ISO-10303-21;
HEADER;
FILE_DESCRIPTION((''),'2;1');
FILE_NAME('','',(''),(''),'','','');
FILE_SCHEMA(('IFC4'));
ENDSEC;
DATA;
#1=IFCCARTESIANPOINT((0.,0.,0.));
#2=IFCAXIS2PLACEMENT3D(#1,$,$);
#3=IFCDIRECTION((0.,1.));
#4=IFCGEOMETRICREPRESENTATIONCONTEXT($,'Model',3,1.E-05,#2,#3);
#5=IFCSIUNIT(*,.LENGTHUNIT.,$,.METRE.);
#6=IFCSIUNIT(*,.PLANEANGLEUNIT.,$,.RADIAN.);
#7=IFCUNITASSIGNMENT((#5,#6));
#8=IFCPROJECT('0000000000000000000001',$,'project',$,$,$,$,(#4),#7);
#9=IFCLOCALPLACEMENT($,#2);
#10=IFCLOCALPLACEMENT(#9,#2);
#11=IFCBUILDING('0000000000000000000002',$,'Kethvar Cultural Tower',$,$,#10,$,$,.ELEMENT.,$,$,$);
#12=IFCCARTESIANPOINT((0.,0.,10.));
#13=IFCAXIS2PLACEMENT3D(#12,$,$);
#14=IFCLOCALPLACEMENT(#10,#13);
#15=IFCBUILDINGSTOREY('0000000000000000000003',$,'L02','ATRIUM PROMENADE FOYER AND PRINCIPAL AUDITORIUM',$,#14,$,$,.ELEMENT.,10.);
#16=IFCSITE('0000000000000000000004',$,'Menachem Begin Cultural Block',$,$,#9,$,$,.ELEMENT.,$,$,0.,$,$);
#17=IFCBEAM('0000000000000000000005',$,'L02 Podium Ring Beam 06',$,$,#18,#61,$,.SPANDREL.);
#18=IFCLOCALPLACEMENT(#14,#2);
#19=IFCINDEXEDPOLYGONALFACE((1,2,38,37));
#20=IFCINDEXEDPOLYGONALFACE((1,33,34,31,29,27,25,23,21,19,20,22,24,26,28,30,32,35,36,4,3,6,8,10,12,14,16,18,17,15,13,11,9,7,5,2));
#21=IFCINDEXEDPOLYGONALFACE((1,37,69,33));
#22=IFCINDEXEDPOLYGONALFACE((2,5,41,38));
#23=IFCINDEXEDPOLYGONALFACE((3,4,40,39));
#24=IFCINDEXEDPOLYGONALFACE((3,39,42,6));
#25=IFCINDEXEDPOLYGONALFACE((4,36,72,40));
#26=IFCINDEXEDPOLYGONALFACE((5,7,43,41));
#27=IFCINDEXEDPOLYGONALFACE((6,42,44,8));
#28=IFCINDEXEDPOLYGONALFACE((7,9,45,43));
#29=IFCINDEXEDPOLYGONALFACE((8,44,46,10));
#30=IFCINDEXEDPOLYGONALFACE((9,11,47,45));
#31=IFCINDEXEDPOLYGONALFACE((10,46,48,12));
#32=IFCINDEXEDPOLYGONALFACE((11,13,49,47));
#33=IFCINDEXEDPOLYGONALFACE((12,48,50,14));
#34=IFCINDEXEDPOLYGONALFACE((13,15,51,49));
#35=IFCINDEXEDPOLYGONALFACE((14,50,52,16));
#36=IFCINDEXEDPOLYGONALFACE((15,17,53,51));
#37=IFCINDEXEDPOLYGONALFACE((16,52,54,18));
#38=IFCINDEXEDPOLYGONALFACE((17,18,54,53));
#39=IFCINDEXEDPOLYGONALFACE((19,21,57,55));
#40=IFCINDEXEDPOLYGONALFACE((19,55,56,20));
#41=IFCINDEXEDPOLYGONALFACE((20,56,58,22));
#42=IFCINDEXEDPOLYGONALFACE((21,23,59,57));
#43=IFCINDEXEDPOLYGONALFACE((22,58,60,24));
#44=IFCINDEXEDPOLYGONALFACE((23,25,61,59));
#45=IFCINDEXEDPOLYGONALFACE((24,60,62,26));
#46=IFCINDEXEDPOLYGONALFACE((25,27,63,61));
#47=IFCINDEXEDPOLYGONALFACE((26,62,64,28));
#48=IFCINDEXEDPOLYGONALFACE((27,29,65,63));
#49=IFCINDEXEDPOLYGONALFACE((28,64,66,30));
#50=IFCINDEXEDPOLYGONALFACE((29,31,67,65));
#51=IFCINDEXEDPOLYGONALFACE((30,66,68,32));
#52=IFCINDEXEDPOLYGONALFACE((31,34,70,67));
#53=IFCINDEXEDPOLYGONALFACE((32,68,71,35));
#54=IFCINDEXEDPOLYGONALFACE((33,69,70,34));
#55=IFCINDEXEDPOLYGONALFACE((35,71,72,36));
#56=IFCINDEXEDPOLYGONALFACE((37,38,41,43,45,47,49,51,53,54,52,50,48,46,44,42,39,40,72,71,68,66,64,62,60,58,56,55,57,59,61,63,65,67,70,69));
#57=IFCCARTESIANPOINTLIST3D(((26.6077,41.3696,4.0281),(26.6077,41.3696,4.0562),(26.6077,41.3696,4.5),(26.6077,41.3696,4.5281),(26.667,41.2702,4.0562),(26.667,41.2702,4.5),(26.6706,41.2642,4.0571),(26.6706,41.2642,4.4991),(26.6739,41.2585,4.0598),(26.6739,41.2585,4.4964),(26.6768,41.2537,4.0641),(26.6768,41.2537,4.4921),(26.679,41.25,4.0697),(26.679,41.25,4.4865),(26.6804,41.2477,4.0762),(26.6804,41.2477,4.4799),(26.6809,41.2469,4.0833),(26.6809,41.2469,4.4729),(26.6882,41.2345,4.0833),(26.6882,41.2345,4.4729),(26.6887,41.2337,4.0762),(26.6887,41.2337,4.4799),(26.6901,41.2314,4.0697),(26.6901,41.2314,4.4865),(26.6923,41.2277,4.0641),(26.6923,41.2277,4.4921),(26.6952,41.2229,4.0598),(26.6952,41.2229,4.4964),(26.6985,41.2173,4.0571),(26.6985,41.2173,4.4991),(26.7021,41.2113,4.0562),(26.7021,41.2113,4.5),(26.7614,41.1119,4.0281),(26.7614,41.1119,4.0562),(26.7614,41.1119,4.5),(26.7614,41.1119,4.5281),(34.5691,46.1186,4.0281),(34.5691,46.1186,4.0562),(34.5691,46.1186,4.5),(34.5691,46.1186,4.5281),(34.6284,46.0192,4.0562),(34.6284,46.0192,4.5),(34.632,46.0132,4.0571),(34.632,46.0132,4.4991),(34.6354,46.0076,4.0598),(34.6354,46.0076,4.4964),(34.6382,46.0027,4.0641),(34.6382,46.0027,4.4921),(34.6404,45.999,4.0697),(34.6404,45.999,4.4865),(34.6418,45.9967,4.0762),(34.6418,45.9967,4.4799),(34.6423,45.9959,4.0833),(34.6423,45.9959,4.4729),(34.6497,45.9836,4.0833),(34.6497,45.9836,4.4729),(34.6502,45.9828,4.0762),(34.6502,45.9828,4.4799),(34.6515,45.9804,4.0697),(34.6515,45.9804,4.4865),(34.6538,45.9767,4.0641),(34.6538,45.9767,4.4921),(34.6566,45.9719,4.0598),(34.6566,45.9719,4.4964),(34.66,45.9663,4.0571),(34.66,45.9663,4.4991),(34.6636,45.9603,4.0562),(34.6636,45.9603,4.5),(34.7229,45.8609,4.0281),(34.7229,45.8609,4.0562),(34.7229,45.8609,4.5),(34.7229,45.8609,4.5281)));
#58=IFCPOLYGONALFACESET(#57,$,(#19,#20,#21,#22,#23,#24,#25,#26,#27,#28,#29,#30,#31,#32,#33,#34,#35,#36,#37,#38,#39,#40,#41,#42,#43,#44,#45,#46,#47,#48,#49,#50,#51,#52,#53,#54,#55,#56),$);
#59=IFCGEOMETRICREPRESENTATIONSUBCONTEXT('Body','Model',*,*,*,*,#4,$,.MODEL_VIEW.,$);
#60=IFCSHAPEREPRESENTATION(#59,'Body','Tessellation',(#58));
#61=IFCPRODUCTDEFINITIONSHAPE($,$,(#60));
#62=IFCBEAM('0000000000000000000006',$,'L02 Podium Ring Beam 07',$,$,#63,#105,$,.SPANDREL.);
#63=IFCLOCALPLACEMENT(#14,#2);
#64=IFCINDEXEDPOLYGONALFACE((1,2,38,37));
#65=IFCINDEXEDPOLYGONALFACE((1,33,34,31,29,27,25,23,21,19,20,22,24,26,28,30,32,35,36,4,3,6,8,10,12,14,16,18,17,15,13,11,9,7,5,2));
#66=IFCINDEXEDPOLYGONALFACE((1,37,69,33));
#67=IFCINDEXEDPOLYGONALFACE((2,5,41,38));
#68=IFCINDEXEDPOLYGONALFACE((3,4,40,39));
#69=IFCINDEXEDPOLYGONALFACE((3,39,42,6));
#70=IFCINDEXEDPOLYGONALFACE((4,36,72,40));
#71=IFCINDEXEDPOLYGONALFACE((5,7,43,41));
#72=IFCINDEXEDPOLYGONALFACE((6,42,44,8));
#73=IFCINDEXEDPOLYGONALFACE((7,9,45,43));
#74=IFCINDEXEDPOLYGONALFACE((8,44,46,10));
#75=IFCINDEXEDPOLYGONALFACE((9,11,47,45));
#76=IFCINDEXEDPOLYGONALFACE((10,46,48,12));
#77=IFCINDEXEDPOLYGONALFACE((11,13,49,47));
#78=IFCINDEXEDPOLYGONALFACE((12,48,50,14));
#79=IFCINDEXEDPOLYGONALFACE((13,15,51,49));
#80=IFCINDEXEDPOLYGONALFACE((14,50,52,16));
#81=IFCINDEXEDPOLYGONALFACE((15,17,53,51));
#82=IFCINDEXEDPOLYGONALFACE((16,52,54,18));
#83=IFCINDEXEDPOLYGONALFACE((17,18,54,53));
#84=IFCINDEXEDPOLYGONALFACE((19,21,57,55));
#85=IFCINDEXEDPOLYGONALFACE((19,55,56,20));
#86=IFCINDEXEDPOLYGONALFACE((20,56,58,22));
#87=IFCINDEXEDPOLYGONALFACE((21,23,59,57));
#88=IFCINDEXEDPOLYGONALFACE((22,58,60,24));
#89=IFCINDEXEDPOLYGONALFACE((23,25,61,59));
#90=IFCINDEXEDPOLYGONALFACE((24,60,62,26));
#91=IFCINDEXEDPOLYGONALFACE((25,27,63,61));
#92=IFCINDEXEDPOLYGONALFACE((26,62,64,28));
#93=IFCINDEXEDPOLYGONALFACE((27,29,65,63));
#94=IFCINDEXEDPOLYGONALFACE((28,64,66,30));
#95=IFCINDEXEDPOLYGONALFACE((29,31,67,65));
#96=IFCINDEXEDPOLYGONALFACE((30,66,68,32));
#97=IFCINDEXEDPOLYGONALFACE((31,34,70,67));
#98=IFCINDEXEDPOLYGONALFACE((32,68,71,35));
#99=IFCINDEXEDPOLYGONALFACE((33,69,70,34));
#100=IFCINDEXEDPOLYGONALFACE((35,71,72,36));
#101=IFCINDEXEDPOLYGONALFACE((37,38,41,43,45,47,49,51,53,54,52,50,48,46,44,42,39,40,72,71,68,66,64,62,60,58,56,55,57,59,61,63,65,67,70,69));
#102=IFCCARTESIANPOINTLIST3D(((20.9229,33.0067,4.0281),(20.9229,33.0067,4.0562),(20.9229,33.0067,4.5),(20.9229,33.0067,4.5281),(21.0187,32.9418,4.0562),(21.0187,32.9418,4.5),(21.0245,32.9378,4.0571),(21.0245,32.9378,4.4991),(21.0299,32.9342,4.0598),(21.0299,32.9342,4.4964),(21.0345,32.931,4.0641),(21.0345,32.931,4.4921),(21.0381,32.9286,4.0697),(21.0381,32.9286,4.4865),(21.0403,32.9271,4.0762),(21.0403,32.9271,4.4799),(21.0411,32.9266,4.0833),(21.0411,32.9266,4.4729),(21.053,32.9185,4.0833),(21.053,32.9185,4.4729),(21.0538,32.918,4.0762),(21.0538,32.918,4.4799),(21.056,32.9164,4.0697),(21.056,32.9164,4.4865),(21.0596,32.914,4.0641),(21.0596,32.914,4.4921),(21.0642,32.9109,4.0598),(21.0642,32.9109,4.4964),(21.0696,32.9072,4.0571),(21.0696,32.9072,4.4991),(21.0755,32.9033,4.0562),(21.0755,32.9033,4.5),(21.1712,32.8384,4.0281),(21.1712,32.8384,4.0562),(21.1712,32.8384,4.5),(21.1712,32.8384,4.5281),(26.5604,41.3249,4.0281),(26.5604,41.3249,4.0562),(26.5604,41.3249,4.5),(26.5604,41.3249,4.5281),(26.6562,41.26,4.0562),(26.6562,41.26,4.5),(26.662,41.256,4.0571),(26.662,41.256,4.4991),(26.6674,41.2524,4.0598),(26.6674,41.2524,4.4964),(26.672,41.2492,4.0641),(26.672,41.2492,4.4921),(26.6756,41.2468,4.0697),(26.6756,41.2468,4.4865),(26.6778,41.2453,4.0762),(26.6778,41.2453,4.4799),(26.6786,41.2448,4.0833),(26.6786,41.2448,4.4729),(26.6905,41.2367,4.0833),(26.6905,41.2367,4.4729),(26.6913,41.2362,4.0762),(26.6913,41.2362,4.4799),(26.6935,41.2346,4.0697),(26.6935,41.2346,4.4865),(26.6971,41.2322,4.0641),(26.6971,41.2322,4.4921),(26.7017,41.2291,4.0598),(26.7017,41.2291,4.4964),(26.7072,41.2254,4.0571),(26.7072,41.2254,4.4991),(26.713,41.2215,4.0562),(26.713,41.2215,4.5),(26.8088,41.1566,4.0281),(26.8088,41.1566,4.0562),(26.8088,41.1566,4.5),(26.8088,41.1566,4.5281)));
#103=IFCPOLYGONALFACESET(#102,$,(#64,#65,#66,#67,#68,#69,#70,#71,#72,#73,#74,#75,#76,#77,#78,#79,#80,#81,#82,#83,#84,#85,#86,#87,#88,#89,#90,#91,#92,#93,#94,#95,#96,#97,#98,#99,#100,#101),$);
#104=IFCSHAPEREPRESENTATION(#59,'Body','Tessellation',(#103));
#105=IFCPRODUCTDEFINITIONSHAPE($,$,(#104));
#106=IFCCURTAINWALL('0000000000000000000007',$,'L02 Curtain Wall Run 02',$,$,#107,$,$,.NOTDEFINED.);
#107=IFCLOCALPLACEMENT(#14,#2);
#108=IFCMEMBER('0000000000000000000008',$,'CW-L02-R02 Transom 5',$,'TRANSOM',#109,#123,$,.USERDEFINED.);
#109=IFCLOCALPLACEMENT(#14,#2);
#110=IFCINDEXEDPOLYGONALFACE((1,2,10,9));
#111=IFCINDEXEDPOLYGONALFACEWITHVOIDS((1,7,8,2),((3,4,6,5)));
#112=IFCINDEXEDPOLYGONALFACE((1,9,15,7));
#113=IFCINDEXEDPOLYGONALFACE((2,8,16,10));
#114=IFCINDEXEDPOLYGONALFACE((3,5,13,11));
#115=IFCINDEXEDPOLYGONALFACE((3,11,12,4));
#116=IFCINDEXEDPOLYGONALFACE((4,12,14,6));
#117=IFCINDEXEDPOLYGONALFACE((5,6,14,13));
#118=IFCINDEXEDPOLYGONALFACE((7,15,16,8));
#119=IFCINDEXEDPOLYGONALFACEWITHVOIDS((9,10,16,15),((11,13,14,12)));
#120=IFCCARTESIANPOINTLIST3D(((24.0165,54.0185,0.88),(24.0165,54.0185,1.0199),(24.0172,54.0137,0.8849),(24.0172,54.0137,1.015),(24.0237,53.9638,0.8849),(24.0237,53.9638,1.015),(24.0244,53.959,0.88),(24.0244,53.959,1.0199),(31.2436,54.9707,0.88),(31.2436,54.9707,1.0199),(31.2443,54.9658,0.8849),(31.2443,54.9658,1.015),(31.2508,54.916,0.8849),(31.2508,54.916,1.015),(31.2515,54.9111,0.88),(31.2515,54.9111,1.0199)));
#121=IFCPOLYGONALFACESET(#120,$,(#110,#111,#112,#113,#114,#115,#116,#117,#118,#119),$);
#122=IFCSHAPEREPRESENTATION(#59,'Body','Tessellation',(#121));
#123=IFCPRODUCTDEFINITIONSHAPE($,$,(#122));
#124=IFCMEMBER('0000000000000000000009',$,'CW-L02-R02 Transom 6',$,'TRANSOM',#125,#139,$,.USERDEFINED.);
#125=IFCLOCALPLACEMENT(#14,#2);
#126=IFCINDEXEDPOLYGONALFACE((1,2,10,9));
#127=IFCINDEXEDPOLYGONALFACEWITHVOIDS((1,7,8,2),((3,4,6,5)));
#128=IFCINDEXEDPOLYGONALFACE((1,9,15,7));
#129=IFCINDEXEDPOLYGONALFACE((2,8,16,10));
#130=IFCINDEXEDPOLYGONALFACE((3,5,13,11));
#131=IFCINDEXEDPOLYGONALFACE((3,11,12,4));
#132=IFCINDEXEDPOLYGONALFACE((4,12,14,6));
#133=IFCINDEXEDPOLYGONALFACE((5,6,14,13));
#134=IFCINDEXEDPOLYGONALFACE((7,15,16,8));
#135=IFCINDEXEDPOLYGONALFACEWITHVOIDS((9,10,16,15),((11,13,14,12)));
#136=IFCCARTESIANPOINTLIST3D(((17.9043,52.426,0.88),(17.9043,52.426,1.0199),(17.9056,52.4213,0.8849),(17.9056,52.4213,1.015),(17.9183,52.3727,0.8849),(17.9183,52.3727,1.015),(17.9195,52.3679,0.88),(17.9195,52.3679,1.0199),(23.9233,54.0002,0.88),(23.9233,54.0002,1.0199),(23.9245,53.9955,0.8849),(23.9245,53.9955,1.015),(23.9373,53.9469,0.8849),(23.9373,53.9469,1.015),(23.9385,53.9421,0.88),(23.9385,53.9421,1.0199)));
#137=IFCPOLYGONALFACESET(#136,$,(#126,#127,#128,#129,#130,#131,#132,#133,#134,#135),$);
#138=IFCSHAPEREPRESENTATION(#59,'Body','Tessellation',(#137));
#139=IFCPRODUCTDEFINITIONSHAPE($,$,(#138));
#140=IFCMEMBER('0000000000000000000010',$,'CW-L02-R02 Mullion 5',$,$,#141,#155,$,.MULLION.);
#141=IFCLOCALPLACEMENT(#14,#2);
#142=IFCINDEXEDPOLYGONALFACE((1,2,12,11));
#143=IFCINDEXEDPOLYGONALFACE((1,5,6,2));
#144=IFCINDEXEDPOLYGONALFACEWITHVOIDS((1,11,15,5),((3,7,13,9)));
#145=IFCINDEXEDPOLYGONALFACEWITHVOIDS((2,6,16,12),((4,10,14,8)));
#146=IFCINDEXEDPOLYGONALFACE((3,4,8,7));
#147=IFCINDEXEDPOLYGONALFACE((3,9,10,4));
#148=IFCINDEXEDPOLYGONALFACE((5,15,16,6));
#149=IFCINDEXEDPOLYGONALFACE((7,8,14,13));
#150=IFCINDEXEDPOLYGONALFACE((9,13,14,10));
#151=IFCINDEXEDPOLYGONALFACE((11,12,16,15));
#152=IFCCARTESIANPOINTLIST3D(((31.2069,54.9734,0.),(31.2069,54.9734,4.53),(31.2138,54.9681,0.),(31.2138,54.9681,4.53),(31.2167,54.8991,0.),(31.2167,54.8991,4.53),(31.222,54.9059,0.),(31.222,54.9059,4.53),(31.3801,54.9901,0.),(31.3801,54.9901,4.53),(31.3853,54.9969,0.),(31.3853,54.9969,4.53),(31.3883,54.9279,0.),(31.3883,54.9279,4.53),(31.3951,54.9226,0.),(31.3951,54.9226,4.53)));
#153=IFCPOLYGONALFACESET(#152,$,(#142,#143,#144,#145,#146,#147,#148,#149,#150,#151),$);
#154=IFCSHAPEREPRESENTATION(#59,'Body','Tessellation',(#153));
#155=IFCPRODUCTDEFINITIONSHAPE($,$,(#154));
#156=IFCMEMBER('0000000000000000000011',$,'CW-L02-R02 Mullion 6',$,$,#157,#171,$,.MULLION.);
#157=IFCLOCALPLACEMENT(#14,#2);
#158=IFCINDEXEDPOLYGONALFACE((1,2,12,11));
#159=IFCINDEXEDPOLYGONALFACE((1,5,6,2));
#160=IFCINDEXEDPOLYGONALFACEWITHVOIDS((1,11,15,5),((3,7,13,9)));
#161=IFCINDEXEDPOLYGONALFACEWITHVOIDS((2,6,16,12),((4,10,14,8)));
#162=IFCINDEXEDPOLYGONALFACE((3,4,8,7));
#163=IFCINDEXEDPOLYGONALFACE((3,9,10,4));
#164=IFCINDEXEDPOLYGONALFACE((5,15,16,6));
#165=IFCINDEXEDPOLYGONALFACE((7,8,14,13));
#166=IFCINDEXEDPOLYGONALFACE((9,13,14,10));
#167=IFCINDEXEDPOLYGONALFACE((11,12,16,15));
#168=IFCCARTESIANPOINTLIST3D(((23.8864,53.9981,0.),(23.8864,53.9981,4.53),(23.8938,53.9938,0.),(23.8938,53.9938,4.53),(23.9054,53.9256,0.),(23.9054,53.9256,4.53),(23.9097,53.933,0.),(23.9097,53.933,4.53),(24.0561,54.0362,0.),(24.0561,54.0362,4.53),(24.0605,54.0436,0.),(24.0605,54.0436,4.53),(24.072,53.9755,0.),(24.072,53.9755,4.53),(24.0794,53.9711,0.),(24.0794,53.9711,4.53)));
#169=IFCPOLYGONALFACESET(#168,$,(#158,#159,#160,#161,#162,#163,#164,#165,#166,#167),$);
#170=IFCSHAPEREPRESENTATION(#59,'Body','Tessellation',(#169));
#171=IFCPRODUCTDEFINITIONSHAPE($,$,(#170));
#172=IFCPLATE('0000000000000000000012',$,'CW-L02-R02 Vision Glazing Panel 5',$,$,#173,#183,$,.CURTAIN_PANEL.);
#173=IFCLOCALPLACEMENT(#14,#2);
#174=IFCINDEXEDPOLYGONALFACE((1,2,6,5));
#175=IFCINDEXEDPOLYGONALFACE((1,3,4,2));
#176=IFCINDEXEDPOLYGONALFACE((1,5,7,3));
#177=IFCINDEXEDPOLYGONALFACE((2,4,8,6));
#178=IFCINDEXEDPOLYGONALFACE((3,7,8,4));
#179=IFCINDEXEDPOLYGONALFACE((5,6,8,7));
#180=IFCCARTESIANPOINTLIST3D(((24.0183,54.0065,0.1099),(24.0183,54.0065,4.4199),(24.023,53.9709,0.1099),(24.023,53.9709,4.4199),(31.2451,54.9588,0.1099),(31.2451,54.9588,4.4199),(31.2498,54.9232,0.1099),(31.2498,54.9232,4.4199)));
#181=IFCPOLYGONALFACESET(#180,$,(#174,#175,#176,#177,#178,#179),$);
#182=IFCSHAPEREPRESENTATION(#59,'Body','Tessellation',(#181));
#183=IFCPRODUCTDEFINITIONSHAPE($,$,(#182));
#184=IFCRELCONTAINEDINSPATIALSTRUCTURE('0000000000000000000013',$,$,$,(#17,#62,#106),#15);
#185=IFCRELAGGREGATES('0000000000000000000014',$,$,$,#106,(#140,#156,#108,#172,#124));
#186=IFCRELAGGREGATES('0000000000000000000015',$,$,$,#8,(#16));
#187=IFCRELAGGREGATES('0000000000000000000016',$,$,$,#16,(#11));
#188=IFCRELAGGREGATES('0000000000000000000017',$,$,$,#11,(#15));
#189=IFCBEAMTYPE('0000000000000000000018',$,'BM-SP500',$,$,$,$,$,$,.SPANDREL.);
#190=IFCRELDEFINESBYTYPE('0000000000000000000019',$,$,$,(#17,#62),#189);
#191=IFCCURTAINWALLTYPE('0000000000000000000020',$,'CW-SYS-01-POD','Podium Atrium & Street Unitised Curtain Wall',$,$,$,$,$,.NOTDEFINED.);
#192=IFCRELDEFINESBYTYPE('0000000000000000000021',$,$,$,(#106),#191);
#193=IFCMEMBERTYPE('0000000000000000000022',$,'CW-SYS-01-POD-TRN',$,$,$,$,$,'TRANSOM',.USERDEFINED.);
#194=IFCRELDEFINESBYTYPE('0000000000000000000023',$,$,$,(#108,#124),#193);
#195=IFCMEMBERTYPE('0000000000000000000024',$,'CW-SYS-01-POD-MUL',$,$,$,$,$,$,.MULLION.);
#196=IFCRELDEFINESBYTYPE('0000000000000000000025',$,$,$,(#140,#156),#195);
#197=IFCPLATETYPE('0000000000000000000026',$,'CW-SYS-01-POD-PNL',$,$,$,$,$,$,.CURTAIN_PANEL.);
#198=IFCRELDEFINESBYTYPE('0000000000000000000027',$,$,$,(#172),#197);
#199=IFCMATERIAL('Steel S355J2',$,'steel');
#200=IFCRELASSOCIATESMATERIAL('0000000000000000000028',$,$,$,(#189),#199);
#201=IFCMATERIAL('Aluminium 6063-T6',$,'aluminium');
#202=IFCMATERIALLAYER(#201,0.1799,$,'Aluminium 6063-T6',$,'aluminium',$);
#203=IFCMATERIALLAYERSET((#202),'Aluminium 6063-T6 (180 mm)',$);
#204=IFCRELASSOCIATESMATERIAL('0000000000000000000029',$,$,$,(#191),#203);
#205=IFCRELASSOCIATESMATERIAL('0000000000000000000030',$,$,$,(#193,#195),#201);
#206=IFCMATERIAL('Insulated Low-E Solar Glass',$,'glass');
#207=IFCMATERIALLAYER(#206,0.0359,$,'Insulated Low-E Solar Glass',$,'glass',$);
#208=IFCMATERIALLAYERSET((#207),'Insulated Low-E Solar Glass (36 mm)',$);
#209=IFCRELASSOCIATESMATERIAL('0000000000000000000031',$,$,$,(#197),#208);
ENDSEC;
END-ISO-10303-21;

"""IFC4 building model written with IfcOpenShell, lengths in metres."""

from ifc_helpers import new_model, si_unit, direction, frame, origin, origin_2d, place, context, subcontext, project, spatial, rectangle, hollow_rectangle, i_section, extrude, source, transform, mapped, material, layer, layer_set, material_profile, profile_set, type_object, element, aggregate, save


model = new_model("IFC4")

# Units and contexts
model_context = context("Model", 3, precision=1e-05, world=origin(), true_north=direction((0.0, 1.0)))
body_context = subcontext(model_context, "Body", "Model", "MODEL_VIEW")
ifc_project = project(units=[si_unit("LENGTHUNIT", "METRE"), si_unit("PLANEANGLEUNIT", "RADIAN")], contexts=[model_context])

# Site, building, storey
site_placement = place(None, origin())
site = spatial("IfcSite", under=ifc_project, at=site_placement, Name="Menachem Begin Cultural Block", CompositionType="ELEMENT", RefElevation=0.0)
building_placement = place(site_placement, origin())
building = spatial("IfcBuilding", under=site, at=building_placement, Name="Kethvar Cultural Tower", CompositionType="ELEMENT")
storey_placement = place(building_placement, frame((0.0, 0.0, 10.0)))
storey = spatial("IfcBuildingStorey", under=building, at=storey_placement, Name="L02", Description="ATRIUM PROMENADE FOYER AND PRINCIPAL AUDITORIUM", CompositionType="ELEMENT", Elevation=10.0)

# Beams
ifc_material_1 = material(Name="Steel S355J2", Category="steel")
ifc_material_profile_1 = material_profile(ifc_material_1, i_section(OverallWidth=0.3, OverallDepth=0.5, WebThickness=0.0144, FlangeThickness=0.0281, FilletRadius=0.0271, at=origin_2d()), Name="Steel S355J2 — HEB500")
ifc_profile_set_1 = profile_set([ifc_material_profile_1], Name="Steel S355J2 — HEB500")
beam_type = type_object("IfcBeamType", Name="BM-SP500", PredefinedType="SPANDREL", material=ifc_profile_set_1)
shared_shape_1 = source(origin(), body_context, "Body", "SweptSolid", [
    extrude(i_section(OverallWidth=0.3, OverallDepth=0.5, WebThickness=0.0144, FlangeThickness=0.0281, FilletRadius=0.0271, at=origin_2d()), origin(), (0.0, 0.0, 1.0), 9.2703),
])
beam_1_placement = place(storey_placement, frame((34.646, 45.9897, 4.2781), z_axis=(-0.858815, -0.512286, 0.0), x_axis=(0.512286, -0.858815, 0.0)))
element("IfcBeam", 1, at=beam_1_placement, inside=storey, type_object=beam_type, Name="L02 Podium Ring Beam 06", PredefinedType="SPANDREL", context=body_context, shape_type="MappedRepresentation", body=[
    mapped(shared_shape_1, transform((0.0, 0.0, 0.0), scale=1.0)),
])
shared_shape_2 = source(origin(), body_context, "Body", "SweptSolid", [
    extrude(i_section(OverallWidth=0.3, OverallDepth=0.5, WebThickness=0.0144, FlangeThickness=0.0281, FilletRadius=0.0271, at=origin_2d()), origin(), (0.0, 0.0, 1.0), 10.0486),
])
beam_2_placement = place(storey_placement, frame((26.6846, 41.2407, 4.2781), z_axis=(-0.561025, -0.827799, 0.0), x_axis=(0.827799, -0.561025, 0.0)))
element("IfcBeam", 2, at=beam_2_placement, inside=storey, type_object=beam_type, Name="L02 Podium Ring Beam 07", PredefinedType="SPANDREL", context=body_context, shape_type="MappedRepresentation", body=[
    mapped(shared_shape_2, transform((0.0, 0.0, 0.0), scale=1.0)),
])

# Curtain wall, members, plate
ifc_material_2 = material(Name="Aluminium 6063-T6", Category="aluminium")
ifc_layer_1 = layer(ifc_material_2, 0.1799, Name="Aluminium 6063-T6", Category="aluminium")
ifc_layer_set_1 = layer_set([ifc_layer_1], Name="Aluminium 6063-T6 (180 mm)")
curtain_wall_type = type_object("IfcCurtainWallType", Name="CW-SYS-01-POD", Description="Podium Atrium & Street Unitised Curtain Wall", PredefinedType="NOTDEFINED", material=ifc_layer_set_1)
curtain_wall_placement = place(storey_placement, origin())
curtain_wall = element("IfcCurtainWall", 3, at=curtain_wall_placement, inside=storey, type_object=curtain_wall_type, Name="L02 Curtain Wall Run 02", PredefinedType="NOTDEFINED")
ifc_material_profile_2 = material_profile(ifc_material_2, hollow_rectangle(XDim=0.0601, YDim=0.1399, WallThickness=0.0049, at=origin_2d()), Name="Aluminium 6063-T6 — RHS140x60x5")
ifc_profile_set_2 = profile_set([ifc_material_profile_2], Name="Aluminium 6063-T6 — RHS140x60x5")
member_type_1 = type_object("IfcMemberType", Name="CW-SYS-01-POD-TRN", ElementType="TRANSOM", PredefinedType="USERDEFINED", material=ifc_profile_set_2)
shared_shape_3 = source(origin(), body_context, "Body", "SweptSolid", [
    extrude(hollow_rectangle(XDim=0.0601, YDim=0.1399, WallThickness=0.0049, at=origin_2d()), origin(), (0.0, 0.0, 1.0), 7.2896),
])
member_1_placement = place(storey_placement, frame((31.2476, 54.9409, 0.95), z_axis=(-0.991433, -0.130619, 0.0), x_axis=(0.130619, -0.991433, 0.0)))
member_1 = element("IfcMember", 4, at=member_1_placement, type_object=member_type_1, Name="CW-L02-R02 Transom 5", ObjectType="TRANSOM", PredefinedType="USERDEFINED", context=body_context, shape_type="MappedRepresentation", body=[
    mapped(shared_shape_3, transform((0.0, 0.0, 0.0), scale=1.0)),
])
shared_shape_4 = source(origin(), body_context, "Body", "SweptSolid", [
    extrude(hollow_rectangle(XDim=0.0601, YDim=0.1399, WallThickness=0.0049, at=origin_2d()), origin(), (0.0, 0.0, 1.0), 6.2214),
])
member_2_placement = place(storey_placement, frame((23.9309, 53.9712, 0.95), z_axis=(-0.967459, -0.253029, 0.0), x_axis=(0.253029, -0.967459, 0.0)))
member_2 = element("IfcMember", 5, at=member_2_placement, type_object=member_type_1, Name="CW-L02-R02 Transom 6", ObjectType="TRANSOM", PredefinedType="USERDEFINED", context=body_context, shape_type="MappedRepresentation", body=[
    mapped(shared_shape_4, transform((0.0, 0.0, 0.0), scale=1.0)),
])
ifc_material_profile_3 = material_profile(ifc_material_2, hollow_rectangle(XDim=0.075, YDim=0.1799, WallThickness=0.0061, at=origin_2d()), Name="Aluminium 6063-T6 — RHS180x75x6")
ifc_profile_set_3 = profile_set([ifc_material_profile_3], Name="Aluminium 6063-T6 — RHS180x75x6")
member_type_2 = type_object("IfcMemberType", Name="CW-SYS-01-POD-MUL", PredefinedType="MULLION", material=ifc_profile_set_3)
shared_shape_5 = source(origin(), body_context, "Body", "SweptSolid", [
    extrude(hollow_rectangle(XDim=0.075, YDim=0.1799, WallThickness=0.0061, at=origin_2d()), origin(), (0.0, 0.0, 1.0), 4.53),
])
member_3_placement = place(storey_placement, frame((31.301, 54.948, 0.0), z_axis=(0.0, 0.0, 1.0), x_axis=(0.130647, -0.991429, 0.0)))
member_3 = element("IfcMember", 6, at=member_3_placement, type_object=member_type_2, Name="CW-L02-R02 Mullion 5", PredefinedType="MULLION", context=body_context, shape_type="MappedRepresentation", body=[
    mapped(shared_shape_5, transform((0.0, 0.0, 0.0), scale=1.0)),
])
member_4_placement = place(storey_placement, frame((23.9829, 53.9846, 0.0), z_axis=(0.0, 0.0, 1.0), x_axis=(0.253032, -0.967458, 0.0)))
member_4 = element("IfcMember", 7, at=member_4_placement, type_object=member_type_2, Name="CW-L02-R02 Mullion 6", PredefinedType="MULLION", context=body_context, shape_type="MappedRepresentation", body=[
    mapped(shared_shape_5, transform((0.0, 0.0, 0.0), scale=1.0)),
])
ifc_material_3 = material(Name="Insulated Low-E Solar Glass", Category="glass")
ifc_layer_2 = layer(ifc_material_3, 0.0359, Name="Insulated Low-E Solar Glass", Category="glass")
ifc_layer_set_2 = layer_set([ifc_layer_2], Name="Insulated Low-E Solar Glass (36 mm)")
plate_type = type_object("IfcPlateType", Name="CW-SYS-01-POD-PNL", PredefinedType="CURTAIN_PANEL", material=ifc_layer_set_2)
shared_shape_6 = source(origin(), body_context, "Body", "SweptSolid", [
    extrude(rectangle(XDim=7.2893, YDim=0.0359, at=origin_2d()), origin(), (0.0, 0.0, 1.0), 4.3101),
])
plate_1_placement = place(storey_placement, frame((27.634, 54.4648, 0.1099), z_axis=(0.0, 0.0, 1.0), x_axis=(-0.991429, -0.130647, 0.0)))
plate_1 = element("IfcPlate", 8, at=plate_1_placement, type_object=plate_type, Name="CW-L02-R02 Vision Glazing Panel 5", PredefinedType="CURTAIN_PANEL", context=body_context, shape_type="MappedRepresentation", body=[
    mapped(shared_shape_6, transform((0.0, 0.0, 0.0), scale=1.0)),
])
aggregate(curtain_wall, [member_3, member_4, member_1, plate_1, member_2])

save(model, "model.ifc")
